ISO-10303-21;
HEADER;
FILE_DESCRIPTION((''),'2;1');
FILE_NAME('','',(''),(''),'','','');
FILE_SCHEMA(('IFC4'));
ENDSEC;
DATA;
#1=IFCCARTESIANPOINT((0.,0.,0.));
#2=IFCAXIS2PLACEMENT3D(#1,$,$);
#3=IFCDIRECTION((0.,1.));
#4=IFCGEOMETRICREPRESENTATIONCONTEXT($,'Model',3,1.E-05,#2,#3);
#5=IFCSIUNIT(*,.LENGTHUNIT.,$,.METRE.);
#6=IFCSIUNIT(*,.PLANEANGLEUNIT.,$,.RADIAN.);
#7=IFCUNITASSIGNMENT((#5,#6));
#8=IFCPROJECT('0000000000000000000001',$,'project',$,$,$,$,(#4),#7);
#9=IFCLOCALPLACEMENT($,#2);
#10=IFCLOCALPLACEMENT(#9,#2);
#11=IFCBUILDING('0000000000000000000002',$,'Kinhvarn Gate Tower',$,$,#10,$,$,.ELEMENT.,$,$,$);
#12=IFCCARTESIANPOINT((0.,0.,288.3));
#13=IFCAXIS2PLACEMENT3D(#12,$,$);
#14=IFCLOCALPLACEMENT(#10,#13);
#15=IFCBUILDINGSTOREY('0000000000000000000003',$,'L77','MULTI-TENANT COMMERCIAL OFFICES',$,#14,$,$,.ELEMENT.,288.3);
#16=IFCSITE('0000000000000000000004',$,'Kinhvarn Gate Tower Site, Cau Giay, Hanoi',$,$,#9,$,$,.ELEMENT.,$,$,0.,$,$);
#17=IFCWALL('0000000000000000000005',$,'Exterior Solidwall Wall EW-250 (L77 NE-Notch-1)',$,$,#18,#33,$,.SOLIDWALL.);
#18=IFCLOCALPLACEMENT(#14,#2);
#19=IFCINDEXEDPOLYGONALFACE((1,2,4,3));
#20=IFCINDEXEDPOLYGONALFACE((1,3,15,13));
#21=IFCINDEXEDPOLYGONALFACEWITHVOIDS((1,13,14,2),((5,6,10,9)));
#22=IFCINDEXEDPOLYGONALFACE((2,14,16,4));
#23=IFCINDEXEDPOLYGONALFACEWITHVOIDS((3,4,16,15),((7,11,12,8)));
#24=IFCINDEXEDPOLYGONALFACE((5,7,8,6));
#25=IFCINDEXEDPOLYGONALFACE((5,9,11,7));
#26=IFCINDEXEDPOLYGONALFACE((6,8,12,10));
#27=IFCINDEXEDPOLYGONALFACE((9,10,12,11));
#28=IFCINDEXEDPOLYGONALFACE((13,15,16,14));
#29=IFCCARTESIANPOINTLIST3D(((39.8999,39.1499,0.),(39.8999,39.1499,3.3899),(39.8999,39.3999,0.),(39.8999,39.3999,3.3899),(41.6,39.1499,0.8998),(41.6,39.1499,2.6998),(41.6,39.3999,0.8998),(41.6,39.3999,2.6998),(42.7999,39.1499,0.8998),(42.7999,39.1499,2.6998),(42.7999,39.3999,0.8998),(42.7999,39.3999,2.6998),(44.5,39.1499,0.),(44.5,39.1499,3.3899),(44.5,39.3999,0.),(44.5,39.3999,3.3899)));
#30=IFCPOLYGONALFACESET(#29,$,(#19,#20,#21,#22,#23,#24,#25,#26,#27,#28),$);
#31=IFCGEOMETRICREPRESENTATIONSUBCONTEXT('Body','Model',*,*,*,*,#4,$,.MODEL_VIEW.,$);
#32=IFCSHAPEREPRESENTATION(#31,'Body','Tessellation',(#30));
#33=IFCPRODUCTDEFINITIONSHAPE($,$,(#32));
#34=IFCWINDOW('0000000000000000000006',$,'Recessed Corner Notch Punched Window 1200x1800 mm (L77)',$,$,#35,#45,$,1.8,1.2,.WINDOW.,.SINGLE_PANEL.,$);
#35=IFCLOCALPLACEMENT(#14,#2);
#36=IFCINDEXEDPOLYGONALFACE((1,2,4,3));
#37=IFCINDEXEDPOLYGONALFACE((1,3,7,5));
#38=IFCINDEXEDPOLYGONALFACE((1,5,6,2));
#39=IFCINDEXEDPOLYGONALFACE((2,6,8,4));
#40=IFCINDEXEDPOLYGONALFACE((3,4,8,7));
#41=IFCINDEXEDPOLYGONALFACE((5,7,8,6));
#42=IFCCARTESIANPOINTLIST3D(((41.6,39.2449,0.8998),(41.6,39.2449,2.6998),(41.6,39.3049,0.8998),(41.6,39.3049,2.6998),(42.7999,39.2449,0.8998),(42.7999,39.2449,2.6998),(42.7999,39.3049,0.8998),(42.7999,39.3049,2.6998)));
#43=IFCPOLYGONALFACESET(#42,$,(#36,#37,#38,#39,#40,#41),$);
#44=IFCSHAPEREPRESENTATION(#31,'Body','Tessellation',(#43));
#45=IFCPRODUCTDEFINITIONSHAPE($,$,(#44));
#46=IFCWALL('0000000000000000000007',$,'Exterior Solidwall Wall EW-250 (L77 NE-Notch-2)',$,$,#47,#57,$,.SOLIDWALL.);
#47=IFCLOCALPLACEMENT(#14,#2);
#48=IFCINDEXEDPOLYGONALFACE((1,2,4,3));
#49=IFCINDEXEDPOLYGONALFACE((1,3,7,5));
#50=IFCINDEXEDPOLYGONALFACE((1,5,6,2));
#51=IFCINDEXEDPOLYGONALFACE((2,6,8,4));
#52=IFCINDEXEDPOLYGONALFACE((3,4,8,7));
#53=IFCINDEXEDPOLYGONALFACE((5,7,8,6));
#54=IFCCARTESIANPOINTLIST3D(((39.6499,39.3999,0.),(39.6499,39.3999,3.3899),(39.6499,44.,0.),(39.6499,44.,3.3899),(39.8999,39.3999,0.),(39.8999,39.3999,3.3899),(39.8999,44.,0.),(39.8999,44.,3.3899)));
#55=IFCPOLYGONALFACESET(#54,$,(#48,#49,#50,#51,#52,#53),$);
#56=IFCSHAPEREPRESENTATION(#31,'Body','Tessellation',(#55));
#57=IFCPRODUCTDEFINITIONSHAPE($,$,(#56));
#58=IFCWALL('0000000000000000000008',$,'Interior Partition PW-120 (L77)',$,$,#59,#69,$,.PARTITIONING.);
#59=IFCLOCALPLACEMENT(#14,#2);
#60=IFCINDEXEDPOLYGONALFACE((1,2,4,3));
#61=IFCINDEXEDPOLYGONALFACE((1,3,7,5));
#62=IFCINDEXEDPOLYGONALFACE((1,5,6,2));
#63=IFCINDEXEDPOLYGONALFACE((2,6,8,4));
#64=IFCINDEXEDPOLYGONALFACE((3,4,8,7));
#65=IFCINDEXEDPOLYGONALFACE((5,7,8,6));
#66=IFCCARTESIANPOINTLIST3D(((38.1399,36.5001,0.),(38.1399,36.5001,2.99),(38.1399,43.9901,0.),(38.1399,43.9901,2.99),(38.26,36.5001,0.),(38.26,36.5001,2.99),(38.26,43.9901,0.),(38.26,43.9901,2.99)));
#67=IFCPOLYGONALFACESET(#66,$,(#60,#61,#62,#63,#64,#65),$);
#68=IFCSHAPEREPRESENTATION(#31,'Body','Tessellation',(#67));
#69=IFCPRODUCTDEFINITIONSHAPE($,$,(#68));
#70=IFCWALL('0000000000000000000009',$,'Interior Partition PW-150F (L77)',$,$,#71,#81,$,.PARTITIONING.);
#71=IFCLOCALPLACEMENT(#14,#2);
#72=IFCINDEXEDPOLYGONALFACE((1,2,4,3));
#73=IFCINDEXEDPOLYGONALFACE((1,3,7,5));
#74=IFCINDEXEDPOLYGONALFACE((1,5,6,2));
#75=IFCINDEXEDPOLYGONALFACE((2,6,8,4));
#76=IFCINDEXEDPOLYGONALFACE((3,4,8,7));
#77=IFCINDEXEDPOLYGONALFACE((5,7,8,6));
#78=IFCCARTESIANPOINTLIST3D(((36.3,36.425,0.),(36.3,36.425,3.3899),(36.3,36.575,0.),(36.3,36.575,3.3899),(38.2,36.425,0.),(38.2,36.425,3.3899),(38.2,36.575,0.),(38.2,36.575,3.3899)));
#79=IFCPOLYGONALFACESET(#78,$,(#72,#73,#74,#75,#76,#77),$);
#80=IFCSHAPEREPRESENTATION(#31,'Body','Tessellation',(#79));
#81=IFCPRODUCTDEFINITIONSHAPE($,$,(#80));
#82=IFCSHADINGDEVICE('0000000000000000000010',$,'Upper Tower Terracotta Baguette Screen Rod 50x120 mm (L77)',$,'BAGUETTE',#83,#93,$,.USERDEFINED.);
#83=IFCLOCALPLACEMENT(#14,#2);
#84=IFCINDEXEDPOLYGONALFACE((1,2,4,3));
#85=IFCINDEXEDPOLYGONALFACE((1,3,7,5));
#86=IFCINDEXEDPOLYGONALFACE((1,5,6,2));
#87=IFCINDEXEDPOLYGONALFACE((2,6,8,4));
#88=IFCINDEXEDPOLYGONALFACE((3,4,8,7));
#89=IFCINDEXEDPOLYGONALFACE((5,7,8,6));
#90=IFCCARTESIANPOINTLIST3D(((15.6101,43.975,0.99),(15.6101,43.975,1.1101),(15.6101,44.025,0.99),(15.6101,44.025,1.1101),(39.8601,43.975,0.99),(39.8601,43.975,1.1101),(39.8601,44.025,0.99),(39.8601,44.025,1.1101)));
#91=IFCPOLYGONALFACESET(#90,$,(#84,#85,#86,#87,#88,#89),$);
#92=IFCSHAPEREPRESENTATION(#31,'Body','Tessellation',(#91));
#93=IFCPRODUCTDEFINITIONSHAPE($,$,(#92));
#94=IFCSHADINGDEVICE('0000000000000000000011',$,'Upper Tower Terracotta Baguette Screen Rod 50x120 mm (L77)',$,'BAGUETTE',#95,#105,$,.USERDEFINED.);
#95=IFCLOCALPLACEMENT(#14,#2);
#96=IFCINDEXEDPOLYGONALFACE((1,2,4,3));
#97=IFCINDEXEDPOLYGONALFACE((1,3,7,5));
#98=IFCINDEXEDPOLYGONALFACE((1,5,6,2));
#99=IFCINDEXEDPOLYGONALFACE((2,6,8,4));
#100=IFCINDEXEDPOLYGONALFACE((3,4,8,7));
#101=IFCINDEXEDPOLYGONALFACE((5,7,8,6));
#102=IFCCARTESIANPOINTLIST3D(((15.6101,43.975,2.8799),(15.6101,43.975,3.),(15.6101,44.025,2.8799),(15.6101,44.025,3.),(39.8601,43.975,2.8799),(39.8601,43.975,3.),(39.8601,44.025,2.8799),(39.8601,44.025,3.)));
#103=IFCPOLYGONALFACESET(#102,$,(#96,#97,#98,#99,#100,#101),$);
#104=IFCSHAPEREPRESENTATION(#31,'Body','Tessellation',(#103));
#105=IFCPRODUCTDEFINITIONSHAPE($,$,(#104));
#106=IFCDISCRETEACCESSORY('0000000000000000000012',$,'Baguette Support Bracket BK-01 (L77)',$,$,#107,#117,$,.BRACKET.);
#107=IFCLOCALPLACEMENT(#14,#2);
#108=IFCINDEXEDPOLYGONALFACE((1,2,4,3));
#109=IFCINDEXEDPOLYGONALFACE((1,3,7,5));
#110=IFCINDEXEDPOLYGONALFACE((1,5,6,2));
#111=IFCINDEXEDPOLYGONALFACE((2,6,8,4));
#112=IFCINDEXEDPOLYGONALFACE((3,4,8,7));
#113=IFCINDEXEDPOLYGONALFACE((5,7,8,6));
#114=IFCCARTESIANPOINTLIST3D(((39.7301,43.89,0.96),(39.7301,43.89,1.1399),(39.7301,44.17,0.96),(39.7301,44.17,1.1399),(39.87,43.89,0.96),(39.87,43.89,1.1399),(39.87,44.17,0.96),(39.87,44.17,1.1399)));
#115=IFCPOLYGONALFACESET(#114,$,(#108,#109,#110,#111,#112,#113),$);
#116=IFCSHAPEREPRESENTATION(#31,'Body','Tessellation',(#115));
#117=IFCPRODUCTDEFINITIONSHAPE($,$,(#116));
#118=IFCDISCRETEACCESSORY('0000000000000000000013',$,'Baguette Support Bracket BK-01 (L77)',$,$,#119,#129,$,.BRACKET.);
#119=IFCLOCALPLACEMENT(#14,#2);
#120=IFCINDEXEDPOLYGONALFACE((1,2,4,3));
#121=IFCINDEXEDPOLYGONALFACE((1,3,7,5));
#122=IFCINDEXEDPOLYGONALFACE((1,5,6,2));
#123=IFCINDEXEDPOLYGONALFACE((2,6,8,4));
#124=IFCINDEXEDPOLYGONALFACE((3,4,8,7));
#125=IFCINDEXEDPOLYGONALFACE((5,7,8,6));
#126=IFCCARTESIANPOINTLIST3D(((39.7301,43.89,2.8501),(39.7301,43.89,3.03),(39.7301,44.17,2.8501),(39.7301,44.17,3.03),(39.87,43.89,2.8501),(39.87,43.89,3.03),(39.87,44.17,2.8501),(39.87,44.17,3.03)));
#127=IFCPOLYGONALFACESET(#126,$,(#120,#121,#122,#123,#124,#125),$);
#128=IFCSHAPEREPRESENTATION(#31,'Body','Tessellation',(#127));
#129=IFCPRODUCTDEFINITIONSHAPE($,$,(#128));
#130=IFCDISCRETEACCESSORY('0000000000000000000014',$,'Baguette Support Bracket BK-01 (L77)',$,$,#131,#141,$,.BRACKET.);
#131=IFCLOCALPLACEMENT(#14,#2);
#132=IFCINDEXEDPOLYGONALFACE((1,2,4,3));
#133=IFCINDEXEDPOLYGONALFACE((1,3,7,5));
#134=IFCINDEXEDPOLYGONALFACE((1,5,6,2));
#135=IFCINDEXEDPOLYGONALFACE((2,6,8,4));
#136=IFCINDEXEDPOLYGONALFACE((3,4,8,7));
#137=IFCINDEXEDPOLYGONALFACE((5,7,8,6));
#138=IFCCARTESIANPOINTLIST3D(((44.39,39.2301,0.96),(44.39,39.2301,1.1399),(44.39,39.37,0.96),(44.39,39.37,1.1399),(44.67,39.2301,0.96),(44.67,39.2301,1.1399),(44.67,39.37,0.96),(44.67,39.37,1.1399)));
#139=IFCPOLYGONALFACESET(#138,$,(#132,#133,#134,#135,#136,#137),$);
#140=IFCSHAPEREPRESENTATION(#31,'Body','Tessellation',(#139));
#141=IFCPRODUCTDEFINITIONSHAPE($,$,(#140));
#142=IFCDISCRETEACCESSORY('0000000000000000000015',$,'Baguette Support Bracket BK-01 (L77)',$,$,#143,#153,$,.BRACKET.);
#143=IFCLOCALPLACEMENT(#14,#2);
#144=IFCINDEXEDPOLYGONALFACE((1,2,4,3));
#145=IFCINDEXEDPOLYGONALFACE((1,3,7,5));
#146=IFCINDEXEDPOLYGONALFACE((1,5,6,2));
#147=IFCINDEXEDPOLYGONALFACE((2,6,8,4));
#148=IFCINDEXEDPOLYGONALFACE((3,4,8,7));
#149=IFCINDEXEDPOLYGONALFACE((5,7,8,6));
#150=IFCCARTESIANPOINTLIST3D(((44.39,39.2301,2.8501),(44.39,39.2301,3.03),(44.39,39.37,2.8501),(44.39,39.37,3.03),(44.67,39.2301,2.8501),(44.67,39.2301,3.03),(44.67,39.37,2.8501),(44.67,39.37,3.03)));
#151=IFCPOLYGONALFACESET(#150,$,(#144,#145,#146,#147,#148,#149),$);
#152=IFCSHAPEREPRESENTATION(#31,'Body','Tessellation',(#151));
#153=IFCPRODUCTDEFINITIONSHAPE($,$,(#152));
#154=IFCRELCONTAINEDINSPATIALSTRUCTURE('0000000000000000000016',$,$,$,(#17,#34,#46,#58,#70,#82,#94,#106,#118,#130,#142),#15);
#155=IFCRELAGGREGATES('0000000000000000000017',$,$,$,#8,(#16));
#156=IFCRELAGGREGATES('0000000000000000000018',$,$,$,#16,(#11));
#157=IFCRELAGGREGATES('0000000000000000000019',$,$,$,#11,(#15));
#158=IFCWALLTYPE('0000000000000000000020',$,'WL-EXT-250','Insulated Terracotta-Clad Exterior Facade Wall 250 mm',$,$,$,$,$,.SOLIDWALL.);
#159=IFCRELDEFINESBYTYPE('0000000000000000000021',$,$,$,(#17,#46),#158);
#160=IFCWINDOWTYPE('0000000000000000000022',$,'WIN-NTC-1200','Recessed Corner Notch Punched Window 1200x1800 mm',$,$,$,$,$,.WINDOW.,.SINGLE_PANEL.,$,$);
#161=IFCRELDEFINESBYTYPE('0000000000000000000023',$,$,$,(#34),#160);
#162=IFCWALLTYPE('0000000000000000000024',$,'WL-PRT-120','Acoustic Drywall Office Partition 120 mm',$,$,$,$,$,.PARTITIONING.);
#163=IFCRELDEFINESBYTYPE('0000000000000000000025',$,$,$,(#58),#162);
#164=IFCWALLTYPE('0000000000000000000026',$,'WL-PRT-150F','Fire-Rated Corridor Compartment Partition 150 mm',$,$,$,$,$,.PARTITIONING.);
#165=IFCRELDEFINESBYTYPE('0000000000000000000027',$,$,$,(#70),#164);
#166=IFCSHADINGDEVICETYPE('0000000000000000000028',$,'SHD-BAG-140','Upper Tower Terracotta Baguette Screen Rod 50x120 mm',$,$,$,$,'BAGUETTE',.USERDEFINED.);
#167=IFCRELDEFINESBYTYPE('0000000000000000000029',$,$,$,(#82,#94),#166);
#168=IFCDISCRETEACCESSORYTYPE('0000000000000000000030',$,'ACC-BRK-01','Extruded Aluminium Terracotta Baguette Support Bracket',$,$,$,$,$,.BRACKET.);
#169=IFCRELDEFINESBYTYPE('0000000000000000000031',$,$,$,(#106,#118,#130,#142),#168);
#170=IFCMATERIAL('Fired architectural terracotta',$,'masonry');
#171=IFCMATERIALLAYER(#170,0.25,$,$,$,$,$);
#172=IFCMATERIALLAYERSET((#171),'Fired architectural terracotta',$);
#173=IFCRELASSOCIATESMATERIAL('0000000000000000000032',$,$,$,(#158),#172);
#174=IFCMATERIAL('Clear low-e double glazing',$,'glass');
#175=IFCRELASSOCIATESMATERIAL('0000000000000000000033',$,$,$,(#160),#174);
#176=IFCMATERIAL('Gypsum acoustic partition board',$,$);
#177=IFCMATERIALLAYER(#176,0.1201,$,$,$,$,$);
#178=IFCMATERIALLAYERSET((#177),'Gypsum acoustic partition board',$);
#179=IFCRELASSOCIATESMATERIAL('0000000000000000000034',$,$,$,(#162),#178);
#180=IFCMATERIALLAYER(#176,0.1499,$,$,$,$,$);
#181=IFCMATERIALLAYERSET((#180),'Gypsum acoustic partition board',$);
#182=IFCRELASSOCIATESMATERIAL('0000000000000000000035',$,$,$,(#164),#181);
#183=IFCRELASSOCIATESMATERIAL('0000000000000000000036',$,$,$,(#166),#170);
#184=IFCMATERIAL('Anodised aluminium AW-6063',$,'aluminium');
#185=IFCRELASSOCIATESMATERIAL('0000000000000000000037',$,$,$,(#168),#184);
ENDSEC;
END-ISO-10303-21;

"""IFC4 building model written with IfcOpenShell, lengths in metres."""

from ifc_helpers import new_model, si_unit, direction, frame, frame_2d, origin, origin_2d, place, context, subcontext, project, spatial, rectangle, extrude, material, layer, layer_set, material_profile, profile_set, type_object, element, fill, save


model = new_model("IFC4")

# Units and contexts
model_context = context("Model", 3, precision=1e-05, world=origin(), true_north=direction((0.0, 1.0)))
body_context = subcontext(model_context, "Body", "Model", "MODEL_VIEW")
ifc_project = project(units=[si_unit("LENGTHUNIT", "METRE"), si_unit("PLANEANGLEUNIT", "RADIAN")], contexts=[model_context])

# Site, building, storey
site_placement = place(None, origin())
site = spatial("IfcSite", under=ifc_project, at=site_placement, Name="Kinhvarn Gate Tower Site, Cau Giay, Hanoi", CompositionType="ELEMENT", RefElevation=0.0)
building_placement = place(site_placement, origin())
building = spatial("IfcBuilding", under=site, at=building_placement, Name="Kinhvarn Gate Tower", CompositionType="ELEMENT")
storey_placement = place(building_placement, frame((0.0, 0.0, 288.3)))
storey = spatial("IfcBuildingStorey", under=building, at=storey_placement, Name="L77", Description="MULTI-TENANT COMMERCIAL OFFICES", CompositionType="ELEMENT", Elevation=288.3)

# Shared definitions
ifc_material_1 = material(Name="Anodised aluminium AW-6063", Category="aluminium")

# Shared definitions
ifc_material_2 = material(Name="Clear low-e double glazing", Category="glass")

# Wall, opening, window
ifc_material_3 = material(Name="Fired architectural terracotta", Category="masonry")
ifc_layer_1 = layer(ifc_material_3, 0.25)
ifc_layer_set_1 = layer_set([ifc_layer_1], Name="Fired architectural terracotta")
wall_type_1 = type_object("IfcWallType", Name="WL-EXT-250", Description="Insulated Terracotta-Clad Exterior Facade Wall 250 mm", PredefinedType="SOLIDWALL", material=ifc_layer_set_1)
wall_1_placement = place(storey_placement, frame((44.5, 39.2749, 0.0), z_axis=(0.0, 0.0, 1.0), x_axis=(-1.0, 0.0, 0.0)))
wall_1 = element("IfcWall", 1, at=wall_1_placement, inside=storey, type_object=wall_type_1, Name="Exterior Solidwall Wall EW-250 (L77 NE-Notch-1)", PredefinedType="SOLIDWALL", context=body_context, shape_type="SweptSolid", body=[
    extrude(rectangle(XDim=4.6001, YDim=0.25, at=frame_2d((2.3, 0.0))), origin(), (0.0, 0.0, 1.0), 3.3899),
])
opening_placement = place(wall_1_placement, frame((1.7, 0.0, 0.8999)))
opening = element("IfcOpeningElement", 2, at=opening_placement, cuts=wall_1, PredefinedType="OPENING", context=body_context, shape_type="SweptSolid", body=[
    extrude(rectangle(XDim=1.2, YDim=1.8, at=frame_2d((0.6001, 0.8999))), frame((0.0, 0.135, 0.0), z_axis=(0.0, -1.0, 0.0), x_axis=(1.0, 0.0, 0.0)), (0.0, 0.0, 1.0), 0.27),
])
window_type = type_object("IfcWindowType", Name="WIN-NTC-1200", Description="Recessed Corner Notch Punched Window 1200x1800 mm", PartitioningType="SINGLE_PANEL", PredefinedType="WINDOW", material=ifc_material_2)
window_placement = place(opening_placement, origin())
window = element("IfcWindow", 3, at=window_placement, inside=storey, type_object=window_type, Name="Recessed Corner Notch Punched Window 1200x1800 mm (L77)", OverallHeight=1.8, OverallWidth=1.2, PartitioningType="SINGLE_PANEL", PredefinedType="WINDOW", context=body_context, shape_type="SweptSolid", body=[
    extrude(rectangle(XDim=1.2, YDim=1.8, at=frame_2d((0.6001, 0.8999))), frame((0.0, 0.03, 0.0), z_axis=(0.0, -1.0, 0.0), x_axis=(1.0, 0.0, 0.0)), (0.0, 0.0, 1.0), 0.0601),
])
fill(opening, window)

# Walls
wall_2_placement = place(storey_placement, frame((39.7749, 39.3999, 0.0), z_axis=(0.0, 0.0, 1.0), x_axis=(0.0, 1.0, 0.0)))
element("IfcWall", 4, at=wall_2_placement, inside=storey, type_object=wall_type_1, Name="Exterior Solidwall Wall EW-250 (L77 NE-Notch-2)", PredefinedType="SOLIDWALL", context=body_context, shape_type="SweptSolid", body=[
    extrude(rectangle(XDim=4.6001, YDim=0.25, at=frame_2d((2.3, 0.0))), origin(), (0.0, 0.0, 1.0), 3.3899),
])
ifc_material_4 = material(Name="Gypsum acoustic partition board")
ifc_layer_2 = layer(ifc_material_4, 0.1201)
ifc_layer_set_2 = layer_set([ifc_layer_2], Name="Gypsum acoustic partition board")
wall_type_2 = type_object("IfcWallType", Name="WL-PRT-120", Description="Acoustic Drywall Office Partition 120 mm", PredefinedType="PARTITIONING", material=ifc_layer_set_2)
wall_3_placement = place(storey_placement, frame((38.2, 36.5, 0.0), z_axis=(0.0, 0.0, 1.0), x_axis=(0.0, 1.0, 0.0)))
element("IfcWall", 5, at=wall_3_placement, inside=storey, type_object=wall_type_2, Name="Interior Partition PW-120 (L77)", PredefinedType="PARTITIONING", context=body_context, shape_type="SweptSolid", body=[
    extrude(rectangle(XDim=7.49, YDim=0.1201, at=frame_2d((3.7451, 0.0))), origin(), (0.0, 0.0, 1.0), 2.99),
])
ifc_layer_3 = layer(ifc_material_4, 0.1499)
ifc_layer_set_3 = layer_set([ifc_layer_3], Name="Gypsum acoustic partition board")
wall_type_3 = type_object("IfcWallType", Name="WL-PRT-150F", Description="Fire-Rated Corridor Compartment Partition 150 mm", PredefinedType="PARTITIONING", material=ifc_layer_set_3)
wall_4_placement = place(storey_placement, frame((36.3, 36.5, 0.0), z_axis=(0.0, 0.0, 1.0), x_axis=(1.0, 0.0, 0.0)))
element("IfcWall", 6, at=wall_4_placement, inside=storey, type_object=wall_type_3, Name="Interior Partition PW-150F (L77)", PredefinedType="PARTITIONING", context=body_context, shape_type="SweptSolid", body=[
    extrude(rectangle(XDim=1.8999, YDim=0.1499, at=frame_2d((0.95, 0.0))), origin(), (0.0, 0.0, 1.0), 3.3899),
])

# Shading devices
ifc_material_profile_1 = material_profile(ifc_material_3, rectangle(XDim=0.05, YDim=0.1201, at=origin_2d()), Name="TC 50x120")
ifc_profile_set_1 = profile_set([ifc_material_profile_1], Name="Fired architectural terracotta")
shading_device_type = type_object("IfcShadingDeviceType", Name="SHD-BAG-140", Description="Upper Tower Terracotta Baguette Screen Rod 50x120 mm", ElementType="BAGUETTE", PredefinedType="USERDEFINED", material=ifc_profile_set_1)
for number, where, z_axis, x_axis, name in (
    (7, (39.8601, 44.0, 1.05), (-1.0, 0.0, 0.0), (0.0, -1.0, 0.0), "Upper Tower Terracotta Baguette Screen Rod 50x120 mm (L77)"),
    (8, (39.8601, 44.0, 2.9399), (-1.0, 0.0, 0.0), (0.0, -1.0, 0.0), "Upper Tower Terracotta Baguette Screen Rod 50x120 mm (L77)"),
):
    element("IfcShadingDevice", number, at=place(storey_placement, frame(where, z_axis=z_axis, x_axis=x_axis)), inside=storey, type_object=shading_device_type, Name=name, ObjectType="BAGUETTE", PredefinedType="USERDEFINED", context=body_context, shape_type="SweptSolid", body=[
        extrude(rectangle(XDim=0.05, YDim=0.1201, at=origin_2d()), origin(), (0.0, 0.0, 1.0), 24.25),
    ])

# Discrete accessories
discrete_accessory_type = type_object("IfcDiscreteAccessoryType", Name="ACC-BRK-01", Description="Extruded Aluminium Terracotta Baguette Support Bracket", PredefinedType="BRACKET", material=ifc_material_1)
for number, where, z_axis, x_axis, name in (
    (9, (39.8, 44.03, 0.96), (0.0, 0.0, 1.0), (-1.0, 0.0, 0.0), "Baguette Support Bracket BK-01 (L77)"),
    (10, (39.8, 44.03, 2.8501), (0.0, 0.0, 1.0), (-1.0, 0.0, 0.0), "Baguette Support Bracket BK-01 (L77)"),
    (11, (44.53, 39.3, 0.96), (0.0, 0.0, 1.0), (0.0, 1.0, 0.0), "Baguette Support Bracket BK-01 (L77)"),
    (12, (44.53, 39.3, 2.8501), (0.0, 0.0, 1.0), (0.0, 1.0, 0.0), "Baguette Support Bracket BK-01 (L77)"),
):
    element("IfcDiscreteAccessory", number, at=place(storey_placement, frame(where, z_axis=z_axis, x_axis=x_axis)), inside=storey, type_object=discrete_accessory_type, Name=name, PredefinedType="BRACKET", context=body_context, shape_type="SweptSolid", body=[
        extrude(rectangle(XDim=0.1399, YDim=0.28, at=origin_2d()), origin(), (0.0, 0.0, 1.0), 0.1799),
    ])

save(model, "model.ifc")
